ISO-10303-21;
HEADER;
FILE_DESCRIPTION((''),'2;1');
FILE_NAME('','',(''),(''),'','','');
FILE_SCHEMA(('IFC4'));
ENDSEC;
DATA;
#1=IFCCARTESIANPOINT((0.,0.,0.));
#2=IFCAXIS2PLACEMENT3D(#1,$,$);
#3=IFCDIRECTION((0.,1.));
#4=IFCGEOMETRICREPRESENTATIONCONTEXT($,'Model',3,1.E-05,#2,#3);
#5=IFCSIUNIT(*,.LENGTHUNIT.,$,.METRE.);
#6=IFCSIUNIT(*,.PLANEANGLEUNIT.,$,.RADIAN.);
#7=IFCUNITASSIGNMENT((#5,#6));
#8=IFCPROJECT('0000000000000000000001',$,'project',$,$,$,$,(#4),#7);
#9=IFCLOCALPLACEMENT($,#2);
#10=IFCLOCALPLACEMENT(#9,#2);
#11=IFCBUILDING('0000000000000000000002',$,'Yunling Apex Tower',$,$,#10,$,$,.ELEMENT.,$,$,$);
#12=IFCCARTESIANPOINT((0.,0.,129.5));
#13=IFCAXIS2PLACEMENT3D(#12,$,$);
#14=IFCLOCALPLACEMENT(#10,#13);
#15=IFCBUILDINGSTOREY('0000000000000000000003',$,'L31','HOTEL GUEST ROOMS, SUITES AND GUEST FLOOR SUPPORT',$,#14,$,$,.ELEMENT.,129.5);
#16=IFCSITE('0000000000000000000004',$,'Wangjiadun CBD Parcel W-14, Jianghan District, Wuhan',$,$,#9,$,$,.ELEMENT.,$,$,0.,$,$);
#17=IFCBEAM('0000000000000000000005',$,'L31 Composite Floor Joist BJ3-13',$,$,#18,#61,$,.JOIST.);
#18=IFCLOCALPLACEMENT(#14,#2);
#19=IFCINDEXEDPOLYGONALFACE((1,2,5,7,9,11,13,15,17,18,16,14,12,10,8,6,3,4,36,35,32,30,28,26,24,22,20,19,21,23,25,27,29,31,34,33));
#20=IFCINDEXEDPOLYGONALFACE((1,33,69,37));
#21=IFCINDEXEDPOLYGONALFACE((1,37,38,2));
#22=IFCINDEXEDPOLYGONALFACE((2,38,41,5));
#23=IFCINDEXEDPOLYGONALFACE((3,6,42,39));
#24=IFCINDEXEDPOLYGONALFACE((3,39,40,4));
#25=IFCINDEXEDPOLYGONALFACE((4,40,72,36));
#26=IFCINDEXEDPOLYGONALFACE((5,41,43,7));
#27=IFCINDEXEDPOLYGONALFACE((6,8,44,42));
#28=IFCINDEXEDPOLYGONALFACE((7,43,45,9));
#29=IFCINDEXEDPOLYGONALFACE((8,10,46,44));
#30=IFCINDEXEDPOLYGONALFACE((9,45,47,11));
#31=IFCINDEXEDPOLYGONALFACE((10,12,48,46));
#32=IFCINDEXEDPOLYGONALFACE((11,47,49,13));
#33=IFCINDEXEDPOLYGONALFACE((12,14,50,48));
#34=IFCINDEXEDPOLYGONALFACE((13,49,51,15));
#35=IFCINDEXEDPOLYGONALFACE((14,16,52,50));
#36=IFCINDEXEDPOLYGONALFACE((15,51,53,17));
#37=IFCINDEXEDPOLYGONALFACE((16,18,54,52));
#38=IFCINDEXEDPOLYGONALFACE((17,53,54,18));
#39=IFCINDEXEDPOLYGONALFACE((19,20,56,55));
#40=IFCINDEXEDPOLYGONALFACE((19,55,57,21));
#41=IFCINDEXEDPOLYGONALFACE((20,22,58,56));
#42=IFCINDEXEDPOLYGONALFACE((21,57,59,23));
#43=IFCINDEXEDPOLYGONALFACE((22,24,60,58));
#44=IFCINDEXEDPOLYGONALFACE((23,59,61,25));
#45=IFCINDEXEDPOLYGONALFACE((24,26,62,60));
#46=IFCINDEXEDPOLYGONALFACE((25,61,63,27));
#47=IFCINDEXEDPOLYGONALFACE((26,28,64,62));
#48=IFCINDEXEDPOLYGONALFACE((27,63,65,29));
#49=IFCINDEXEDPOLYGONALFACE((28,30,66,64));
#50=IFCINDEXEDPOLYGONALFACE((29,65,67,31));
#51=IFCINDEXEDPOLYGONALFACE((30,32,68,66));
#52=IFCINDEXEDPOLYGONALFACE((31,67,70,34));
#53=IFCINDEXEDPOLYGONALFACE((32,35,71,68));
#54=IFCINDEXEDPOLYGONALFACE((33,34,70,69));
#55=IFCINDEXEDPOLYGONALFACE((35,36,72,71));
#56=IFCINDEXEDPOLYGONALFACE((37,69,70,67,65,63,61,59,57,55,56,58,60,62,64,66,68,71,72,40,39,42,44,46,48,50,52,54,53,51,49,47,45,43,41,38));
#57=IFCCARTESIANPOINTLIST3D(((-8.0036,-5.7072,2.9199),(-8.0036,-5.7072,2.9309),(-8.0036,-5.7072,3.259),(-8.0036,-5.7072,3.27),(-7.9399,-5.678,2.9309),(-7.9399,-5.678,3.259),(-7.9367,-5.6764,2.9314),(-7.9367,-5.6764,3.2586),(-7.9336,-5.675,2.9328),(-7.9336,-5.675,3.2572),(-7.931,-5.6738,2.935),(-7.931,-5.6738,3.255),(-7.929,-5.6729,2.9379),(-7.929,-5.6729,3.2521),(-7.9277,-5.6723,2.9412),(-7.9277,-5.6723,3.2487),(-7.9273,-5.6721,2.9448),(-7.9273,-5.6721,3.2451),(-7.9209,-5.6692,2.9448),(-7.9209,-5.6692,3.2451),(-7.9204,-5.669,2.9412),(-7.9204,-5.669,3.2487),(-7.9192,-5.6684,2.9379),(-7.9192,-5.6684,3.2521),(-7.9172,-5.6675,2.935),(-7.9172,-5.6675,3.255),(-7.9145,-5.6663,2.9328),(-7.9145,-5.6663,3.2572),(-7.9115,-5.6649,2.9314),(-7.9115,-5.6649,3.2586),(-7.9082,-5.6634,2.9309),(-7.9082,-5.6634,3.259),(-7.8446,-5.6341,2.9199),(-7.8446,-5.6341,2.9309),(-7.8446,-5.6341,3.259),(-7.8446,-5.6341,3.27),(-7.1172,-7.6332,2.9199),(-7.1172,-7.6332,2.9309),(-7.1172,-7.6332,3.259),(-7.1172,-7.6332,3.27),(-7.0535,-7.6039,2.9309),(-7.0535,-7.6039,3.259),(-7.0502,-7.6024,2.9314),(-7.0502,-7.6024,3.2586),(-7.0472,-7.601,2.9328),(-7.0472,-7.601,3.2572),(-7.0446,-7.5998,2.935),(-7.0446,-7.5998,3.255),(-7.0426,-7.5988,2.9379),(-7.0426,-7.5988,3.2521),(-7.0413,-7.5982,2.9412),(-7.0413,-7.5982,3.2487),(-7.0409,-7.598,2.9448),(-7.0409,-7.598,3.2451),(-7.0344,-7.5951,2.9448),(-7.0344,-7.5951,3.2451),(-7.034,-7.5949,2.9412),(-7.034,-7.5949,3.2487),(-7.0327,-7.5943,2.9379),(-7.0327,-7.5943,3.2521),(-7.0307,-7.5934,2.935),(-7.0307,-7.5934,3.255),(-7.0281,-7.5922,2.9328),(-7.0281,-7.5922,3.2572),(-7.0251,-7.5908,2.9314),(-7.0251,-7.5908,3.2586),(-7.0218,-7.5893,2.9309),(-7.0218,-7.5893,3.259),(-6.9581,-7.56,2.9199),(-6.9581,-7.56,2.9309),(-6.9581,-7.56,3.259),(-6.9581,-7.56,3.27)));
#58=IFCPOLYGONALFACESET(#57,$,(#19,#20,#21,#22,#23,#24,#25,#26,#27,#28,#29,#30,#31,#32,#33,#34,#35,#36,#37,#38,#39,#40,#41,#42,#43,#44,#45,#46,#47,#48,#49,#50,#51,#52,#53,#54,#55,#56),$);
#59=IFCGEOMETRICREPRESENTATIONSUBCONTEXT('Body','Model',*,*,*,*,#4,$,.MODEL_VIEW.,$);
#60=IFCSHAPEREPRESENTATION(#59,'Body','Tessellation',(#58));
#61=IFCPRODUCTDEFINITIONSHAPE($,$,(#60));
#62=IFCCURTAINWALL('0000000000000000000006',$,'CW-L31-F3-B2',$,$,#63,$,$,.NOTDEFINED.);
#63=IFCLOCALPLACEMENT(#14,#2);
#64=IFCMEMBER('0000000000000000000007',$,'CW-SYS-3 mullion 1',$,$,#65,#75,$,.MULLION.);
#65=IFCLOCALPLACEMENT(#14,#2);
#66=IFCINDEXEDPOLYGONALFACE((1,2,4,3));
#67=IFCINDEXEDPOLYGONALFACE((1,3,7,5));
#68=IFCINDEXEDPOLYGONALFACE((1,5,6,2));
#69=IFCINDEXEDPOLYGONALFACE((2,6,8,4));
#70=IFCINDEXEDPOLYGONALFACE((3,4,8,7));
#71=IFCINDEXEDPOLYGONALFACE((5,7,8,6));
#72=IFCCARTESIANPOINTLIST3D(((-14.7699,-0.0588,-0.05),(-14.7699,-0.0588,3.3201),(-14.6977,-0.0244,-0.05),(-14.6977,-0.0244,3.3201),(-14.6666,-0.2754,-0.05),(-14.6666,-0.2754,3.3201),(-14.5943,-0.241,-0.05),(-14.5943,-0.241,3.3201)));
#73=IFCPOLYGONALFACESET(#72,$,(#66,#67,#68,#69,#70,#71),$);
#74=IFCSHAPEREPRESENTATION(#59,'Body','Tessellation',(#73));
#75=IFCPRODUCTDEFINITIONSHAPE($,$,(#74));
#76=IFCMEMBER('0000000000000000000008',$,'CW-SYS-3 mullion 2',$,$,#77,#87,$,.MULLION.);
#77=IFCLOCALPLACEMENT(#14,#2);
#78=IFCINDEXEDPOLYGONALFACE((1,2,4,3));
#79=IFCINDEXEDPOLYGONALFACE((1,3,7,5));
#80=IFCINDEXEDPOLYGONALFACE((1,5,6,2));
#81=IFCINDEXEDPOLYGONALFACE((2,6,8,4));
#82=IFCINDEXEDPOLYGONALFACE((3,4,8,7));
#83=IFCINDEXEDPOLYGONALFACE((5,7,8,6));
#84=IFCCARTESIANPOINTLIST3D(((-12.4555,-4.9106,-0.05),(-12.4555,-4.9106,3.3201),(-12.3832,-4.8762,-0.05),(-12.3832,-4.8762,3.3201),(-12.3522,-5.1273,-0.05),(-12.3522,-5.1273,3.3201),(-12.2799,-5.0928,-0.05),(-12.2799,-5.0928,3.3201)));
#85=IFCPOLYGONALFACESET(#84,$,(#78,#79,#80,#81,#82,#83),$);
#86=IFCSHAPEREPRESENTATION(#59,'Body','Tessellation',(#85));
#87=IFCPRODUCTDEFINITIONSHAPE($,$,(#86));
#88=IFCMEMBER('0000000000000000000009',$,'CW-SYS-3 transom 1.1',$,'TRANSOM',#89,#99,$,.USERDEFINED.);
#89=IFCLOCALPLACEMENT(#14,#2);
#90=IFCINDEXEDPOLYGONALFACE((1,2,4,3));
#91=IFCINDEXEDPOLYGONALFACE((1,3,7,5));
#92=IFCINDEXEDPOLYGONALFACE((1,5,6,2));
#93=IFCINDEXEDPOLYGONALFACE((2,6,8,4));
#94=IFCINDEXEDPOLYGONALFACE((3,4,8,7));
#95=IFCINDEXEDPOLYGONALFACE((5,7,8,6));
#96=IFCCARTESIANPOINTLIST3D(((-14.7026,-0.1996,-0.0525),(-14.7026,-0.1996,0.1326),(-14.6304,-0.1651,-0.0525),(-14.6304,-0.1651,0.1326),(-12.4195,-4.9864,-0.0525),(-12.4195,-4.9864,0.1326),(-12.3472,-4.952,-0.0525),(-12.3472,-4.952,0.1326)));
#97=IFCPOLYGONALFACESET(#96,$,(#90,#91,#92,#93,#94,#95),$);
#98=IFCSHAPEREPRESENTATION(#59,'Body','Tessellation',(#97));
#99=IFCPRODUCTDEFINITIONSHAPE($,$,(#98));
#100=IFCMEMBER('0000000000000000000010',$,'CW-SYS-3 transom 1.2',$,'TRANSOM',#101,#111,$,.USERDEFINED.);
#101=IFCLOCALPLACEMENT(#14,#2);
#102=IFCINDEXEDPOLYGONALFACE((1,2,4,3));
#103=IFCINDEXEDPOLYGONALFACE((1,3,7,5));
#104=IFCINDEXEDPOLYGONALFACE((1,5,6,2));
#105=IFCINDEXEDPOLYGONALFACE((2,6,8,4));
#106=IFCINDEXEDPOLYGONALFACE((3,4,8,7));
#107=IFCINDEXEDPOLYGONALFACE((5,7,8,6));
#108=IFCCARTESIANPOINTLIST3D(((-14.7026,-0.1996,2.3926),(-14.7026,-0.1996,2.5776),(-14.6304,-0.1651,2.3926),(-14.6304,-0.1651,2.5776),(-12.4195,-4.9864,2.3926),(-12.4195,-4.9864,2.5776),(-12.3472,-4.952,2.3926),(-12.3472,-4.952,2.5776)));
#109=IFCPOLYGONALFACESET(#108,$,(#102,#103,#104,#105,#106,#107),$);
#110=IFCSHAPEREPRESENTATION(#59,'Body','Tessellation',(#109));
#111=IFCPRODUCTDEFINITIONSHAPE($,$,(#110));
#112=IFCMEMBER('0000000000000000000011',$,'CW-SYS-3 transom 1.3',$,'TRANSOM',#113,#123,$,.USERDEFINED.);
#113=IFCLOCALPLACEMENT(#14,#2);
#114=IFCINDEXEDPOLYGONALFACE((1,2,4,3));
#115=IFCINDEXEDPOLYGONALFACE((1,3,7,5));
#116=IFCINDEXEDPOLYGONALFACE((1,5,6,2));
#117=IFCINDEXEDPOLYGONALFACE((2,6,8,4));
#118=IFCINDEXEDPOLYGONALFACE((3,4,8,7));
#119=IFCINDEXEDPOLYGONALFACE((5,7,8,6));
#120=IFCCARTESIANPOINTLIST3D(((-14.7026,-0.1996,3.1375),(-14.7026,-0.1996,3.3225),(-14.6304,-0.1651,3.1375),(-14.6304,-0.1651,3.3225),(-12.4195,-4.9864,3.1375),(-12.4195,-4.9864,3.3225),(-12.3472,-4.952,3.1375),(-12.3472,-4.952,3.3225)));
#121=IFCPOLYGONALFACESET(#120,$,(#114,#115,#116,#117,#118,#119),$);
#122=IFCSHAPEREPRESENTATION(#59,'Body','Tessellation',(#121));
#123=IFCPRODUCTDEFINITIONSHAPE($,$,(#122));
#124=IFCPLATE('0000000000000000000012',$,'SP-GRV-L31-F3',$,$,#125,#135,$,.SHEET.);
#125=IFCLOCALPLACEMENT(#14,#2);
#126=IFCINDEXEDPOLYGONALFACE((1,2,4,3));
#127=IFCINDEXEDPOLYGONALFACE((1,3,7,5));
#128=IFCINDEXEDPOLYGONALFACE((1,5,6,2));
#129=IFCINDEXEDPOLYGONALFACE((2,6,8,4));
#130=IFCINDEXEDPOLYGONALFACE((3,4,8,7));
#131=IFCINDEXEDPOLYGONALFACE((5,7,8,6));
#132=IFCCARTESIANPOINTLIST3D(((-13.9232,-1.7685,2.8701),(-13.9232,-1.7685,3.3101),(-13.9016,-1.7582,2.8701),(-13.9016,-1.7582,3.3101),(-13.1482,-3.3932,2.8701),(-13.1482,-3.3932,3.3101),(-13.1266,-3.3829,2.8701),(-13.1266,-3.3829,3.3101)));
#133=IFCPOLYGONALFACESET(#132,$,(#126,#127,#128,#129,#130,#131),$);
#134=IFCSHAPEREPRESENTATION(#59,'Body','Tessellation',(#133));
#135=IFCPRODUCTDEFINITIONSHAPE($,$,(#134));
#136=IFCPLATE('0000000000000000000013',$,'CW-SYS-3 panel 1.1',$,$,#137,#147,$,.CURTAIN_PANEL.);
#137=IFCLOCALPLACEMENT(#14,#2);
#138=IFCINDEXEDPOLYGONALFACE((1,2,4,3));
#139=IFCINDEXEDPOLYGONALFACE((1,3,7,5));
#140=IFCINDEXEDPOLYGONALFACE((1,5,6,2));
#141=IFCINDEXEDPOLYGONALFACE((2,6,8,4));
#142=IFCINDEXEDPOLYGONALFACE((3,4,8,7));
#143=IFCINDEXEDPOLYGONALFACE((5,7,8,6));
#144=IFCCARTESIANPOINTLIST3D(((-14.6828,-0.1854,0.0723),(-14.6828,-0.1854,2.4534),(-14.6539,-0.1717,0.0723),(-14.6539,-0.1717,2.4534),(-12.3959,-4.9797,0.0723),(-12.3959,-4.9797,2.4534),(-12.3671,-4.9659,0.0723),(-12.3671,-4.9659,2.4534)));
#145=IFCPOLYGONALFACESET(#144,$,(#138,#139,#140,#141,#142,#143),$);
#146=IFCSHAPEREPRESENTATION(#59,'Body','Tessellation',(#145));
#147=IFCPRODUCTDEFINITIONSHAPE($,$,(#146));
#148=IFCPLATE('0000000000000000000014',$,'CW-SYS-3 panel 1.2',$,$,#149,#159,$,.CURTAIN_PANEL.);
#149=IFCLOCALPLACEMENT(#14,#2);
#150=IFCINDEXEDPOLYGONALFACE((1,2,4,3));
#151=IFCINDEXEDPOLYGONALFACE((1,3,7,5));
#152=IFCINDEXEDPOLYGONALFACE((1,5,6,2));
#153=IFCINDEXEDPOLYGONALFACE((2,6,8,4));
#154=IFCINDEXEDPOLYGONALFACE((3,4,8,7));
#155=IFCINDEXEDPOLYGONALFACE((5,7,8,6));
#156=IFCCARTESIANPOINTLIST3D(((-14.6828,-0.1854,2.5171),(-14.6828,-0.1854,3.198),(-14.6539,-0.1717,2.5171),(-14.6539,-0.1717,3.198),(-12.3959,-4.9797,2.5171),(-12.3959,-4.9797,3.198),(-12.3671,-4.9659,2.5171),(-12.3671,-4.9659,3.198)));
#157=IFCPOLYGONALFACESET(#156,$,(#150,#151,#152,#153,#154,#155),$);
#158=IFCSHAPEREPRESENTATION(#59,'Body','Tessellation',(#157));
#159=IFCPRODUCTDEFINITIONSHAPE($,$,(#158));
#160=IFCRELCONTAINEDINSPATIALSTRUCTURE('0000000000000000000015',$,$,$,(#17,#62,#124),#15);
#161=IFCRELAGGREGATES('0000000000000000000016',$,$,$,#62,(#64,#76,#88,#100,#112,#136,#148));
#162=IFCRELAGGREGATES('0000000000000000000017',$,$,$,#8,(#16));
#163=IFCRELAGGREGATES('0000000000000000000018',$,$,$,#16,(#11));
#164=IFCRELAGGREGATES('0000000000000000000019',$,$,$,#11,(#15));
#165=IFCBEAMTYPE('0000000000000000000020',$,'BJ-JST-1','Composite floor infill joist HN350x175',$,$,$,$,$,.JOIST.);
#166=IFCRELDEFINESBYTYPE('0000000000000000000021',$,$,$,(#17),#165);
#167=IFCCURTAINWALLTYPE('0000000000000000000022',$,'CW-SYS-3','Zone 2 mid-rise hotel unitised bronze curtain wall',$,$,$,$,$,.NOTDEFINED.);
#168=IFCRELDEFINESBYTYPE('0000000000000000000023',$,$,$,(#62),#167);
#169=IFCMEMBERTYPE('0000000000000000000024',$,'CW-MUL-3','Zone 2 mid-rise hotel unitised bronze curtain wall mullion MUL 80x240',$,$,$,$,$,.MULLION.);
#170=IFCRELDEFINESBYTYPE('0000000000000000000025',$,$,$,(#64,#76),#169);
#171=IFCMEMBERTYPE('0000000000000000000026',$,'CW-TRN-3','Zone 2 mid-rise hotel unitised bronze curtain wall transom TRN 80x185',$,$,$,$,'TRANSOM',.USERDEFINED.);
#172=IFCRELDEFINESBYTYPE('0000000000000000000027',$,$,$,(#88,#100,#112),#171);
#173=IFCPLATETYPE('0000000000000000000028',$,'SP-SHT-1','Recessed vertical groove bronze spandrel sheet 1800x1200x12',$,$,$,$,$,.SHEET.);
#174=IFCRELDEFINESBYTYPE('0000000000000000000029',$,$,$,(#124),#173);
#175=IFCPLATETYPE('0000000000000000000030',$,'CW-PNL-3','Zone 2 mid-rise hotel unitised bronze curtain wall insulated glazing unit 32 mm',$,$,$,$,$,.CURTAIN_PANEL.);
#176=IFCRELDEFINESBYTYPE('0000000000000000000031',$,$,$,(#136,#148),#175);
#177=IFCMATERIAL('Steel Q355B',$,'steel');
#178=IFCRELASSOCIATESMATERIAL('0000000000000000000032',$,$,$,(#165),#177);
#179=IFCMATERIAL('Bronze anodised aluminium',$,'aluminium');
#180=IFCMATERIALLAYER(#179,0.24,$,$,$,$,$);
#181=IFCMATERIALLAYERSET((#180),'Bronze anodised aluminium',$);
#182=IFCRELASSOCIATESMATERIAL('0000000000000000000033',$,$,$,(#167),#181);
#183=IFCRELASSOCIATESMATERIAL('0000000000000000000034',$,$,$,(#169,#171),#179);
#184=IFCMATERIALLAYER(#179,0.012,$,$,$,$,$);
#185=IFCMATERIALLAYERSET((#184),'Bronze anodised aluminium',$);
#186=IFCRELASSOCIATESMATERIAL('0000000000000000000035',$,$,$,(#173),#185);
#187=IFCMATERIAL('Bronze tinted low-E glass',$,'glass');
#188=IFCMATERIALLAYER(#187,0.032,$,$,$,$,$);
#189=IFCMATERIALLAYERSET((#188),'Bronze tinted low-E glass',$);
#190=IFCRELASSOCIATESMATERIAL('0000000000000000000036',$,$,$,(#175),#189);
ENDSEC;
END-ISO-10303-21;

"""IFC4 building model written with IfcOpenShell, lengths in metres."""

from ifc_helpers import new_model, si_unit, direction, frame, origin, origin_2d, place, context, subcontext, project, spatial, rectangle, i_section, extrude, source, transform, mapped, material, layer, layer_set, material_profile, profile_set, type_object, element, aggregate, save


model = new_model("IFC4")

# Units and contexts
model_context = context("Model", 3, precision=1e-05, world=origin(), true_north=direction((0.0, 1.0)))
body_context = subcontext(model_context, "Body", "Model", "MODEL_VIEW")
ifc_project = project(units=[si_unit("LENGTHUNIT", "METRE"), si_unit("PLANEANGLEUNIT", "RADIAN")], contexts=[model_context])

# Site, building, storey
site_placement = place(None, origin())
site = spatial("IfcSite", under=ifc_project, at=site_placement, Name="Wangjiadun CBD Parcel W-14, Jianghan District, Wuhan", CompositionType="ELEMENT", RefElevation=0.0)
building_placement = place(site_placement, origin())
building = spatial("IfcBuilding", under=site, at=building_placement, Name="Yunling Apex Tower", CompositionType="ELEMENT")
storey_placement = place(building_placement, frame((0.0, 0.0, 129.5)))
storey = spatial("IfcBuildingStorey", under=building, at=storey_placement, Name="L31", Description="HOTEL GUEST ROOMS, SUITES AND GUEST FLOOR SUPPORT", CompositionType="ELEMENT", Elevation=129.5)

# Beam
ifc_material_1 = material(Name="Steel Q355B", Category="steel")
ifc_material_profile_1 = material_profile(ifc_material_1, i_section(OverallWidth=0.175, OverallDepth=0.3501, WebThickness=0.0071, FlangeThickness=0.011, FilletRadius=0.0139, at=origin_2d()))
ifc_profile_set_1 = profile_set([ifc_material_profile_1], Name="Steel Q355B")
beam_type_1 = type_object("IfcBeamType", Name="BJ-JST-1", Description="Composite floor infill joist HN350x175", PredefinedType="JOIST", material=ifc_profile_set_1)
shared_shape_1 = source(origin(), body_context, "Body", "SweptSolid", [
    extrude(i_section(OverallWidth=0.175, OverallDepth=0.3501, WebThickness=0.0071, FlangeThickness=0.011, FilletRadius=0.0139, at=origin_2d()), origin(), (0.0, 0.0, 1.0), 2.1201),
])
beam_1_placement = place(storey_placement, frame((-7.9241, -5.6707, 3.095), z_axis=(0.418101, -0.9084, 0.0), x_axis=(0.9084, 0.418101, 0.0)))
element("IfcBeam", 1, at=beam_1_placement, inside=storey, type_object=beam_type_1, Name="L31 Composite Floor Joist BJ3-13", PredefinedType="JOIST", context=body_context, shape_type="MappedRepresentation", body=[
    mapped(shared_shape_1, transform((0.0, 0.0, 0.0), scale=1.0)),
])

# Curtain wall, members
ifc_material_2 = material(Name="Bronze anodised aluminium", Category="aluminium")
ifc_layer_1 = layer(ifc_material_2, 0.24)
ifc_layer_set_1 = layer_set([ifc_layer_1], Name="Bronze anodised aluminium")
curtain_wall_type = type_object("IfcCurtainWallType", Name="CW-SYS-3", Description="Zone 2 mid-rise hotel unitised bronze curtain wall", PredefinedType="NOTDEFINED", material=ifc_layer_set_1)
curtain_wall_placement = place(storey_placement, origin())
curtain_wall = element("IfcCurtainWall", 2, at=curtain_wall_placement, inside=storey, type_object=curtain_wall_type, Name="CW-L31-F3-B2", PredefinedType="NOTDEFINED")
ifc_material_profile_2 = material_profile(ifc_material_2, rectangle(XDim=0.0801, YDim=0.24, at=origin_2d()))
ifc_profile_set_2 = profile_set([ifc_material_profile_2], Name="Bronze anodised aluminium")
member_type_1 = type_object("IfcMemberType", Name="CW-MUL-3", Description="Zone 2 mid-rise hotel unitised bronze curtain wall mullion MUL 80x240", PredefinedType="MULLION", material=ifc_profile_set_2)
shared_shape_2 = source(origin(), body_context, "Body", "SweptSolid", [
    extrude(rectangle(XDim=0.0801, YDim=0.24, at=origin_2d()), origin(), (0.0, 0.0, 1.0), 3.3701),
])
member_1_placement = place(storey_placement, frame((-14.6821, -0.1499, -0.05), z_axis=(0.0, 0.0, 1.0), x_axis=(0.90258, 0.430523, 0.0)))
member_1 = element("IfcMember", 3, at=member_1_placement, type_object=member_type_1, Name="CW-SYS-3 mullion 1", PredefinedType="MULLION", context=body_context, shape_type="MappedRepresentation", body=[
    mapped(shared_shape_2, transform((0.0, 0.0, 0.0), scale=1.0)),
])
member_2_placement = place(storey_placement, frame((-12.3677, -5.0017, -0.05), z_axis=(0.0, 0.0, 1.0), x_axis=(0.90258, 0.430523, 0.0)))
member_2 = element("IfcMember", 4, at=member_2_placement, type_object=member_type_1, Name="CW-SYS-3 mullion 2", PredefinedType="MULLION", context=body_context, shape_type="MappedRepresentation", body=[
    mapped(shared_shape_2, transform((0.0, 0.0, 0.0), scale=1.0)),
])
ifc_material_profile_3 = material_profile(ifc_material_2, rectangle(XDim=0.0801, YDim=0.1851, at=origin_2d()))
ifc_profile_set_3 = profile_set([ifc_material_profile_3], Name="Bronze anodised aluminium")
member_type_2 = type_object("IfcMemberType", Name="CW-TRN-3", Description="Zone 2 mid-rise hotel unitised bronze curtain wall transom TRN 80x185", ElementType="TRANSOM", PredefinedType="USERDEFINED", material=ifc_profile_set_3)
shared_shape_3 = source(origin(), body_context, "Body", "SweptSolid", [
    extrude(rectangle(XDim=0.0801, YDim=0.1851, at=origin_2d()), origin(), (0.0, 0.0, 1.0), 5.3035),
])
member_3_placement = place(storey_placement, frame((-14.6665, -0.1824, 0.04), z_axis=(0.430509, -0.902586, 0.0), x_axis=(0.902586, 0.430509, 0.0)))
member_3 = element("IfcMember", 5, at=member_3_placement, type_object=member_type_2, Name="CW-SYS-3 transom 1.1", ObjectType="TRANSOM", PredefinedType="USERDEFINED", context=body_context, shape_type="MappedRepresentation", body=[
    mapped(shared_shape_3, transform((0.0, 0.0, 0.0), scale=1.0)),
])
member_4_placement = place(storey_placement, frame((-14.6665, -0.1824, 2.4851), z_axis=(0.430509, -0.902586, 0.0), x_axis=(0.902586, 0.430509, 0.0)))
member_4 = element("IfcMember", 6, at=member_4_placement, type_object=member_type_2, Name="CW-SYS-3 transom 1.2", ObjectType="TRANSOM", PredefinedType="USERDEFINED", context=body_context, shape_type="MappedRepresentation", body=[
    mapped(shared_shape_3, transform((0.0, 0.0, 0.0), scale=1.0)),
])
member_5_placement = place(storey_placement, frame((-14.6665, -0.1824, 3.23), z_axis=(0.430509, -0.902586, 0.0), x_axis=(0.902586, 0.430509, 0.0)))
member_5 = element("IfcMember", 7, at=member_5_placement, type_object=member_type_2, Name="CW-SYS-3 transom 1.3", ObjectType="TRANSOM", PredefinedType="USERDEFINED", context=body_context, shape_type="MappedRepresentation", body=[
    mapped(shared_shape_3, transform((0.0, 0.0, 0.0), scale=1.0)),
])

# Plates
ifc_layer_2 = layer(ifc_material_2, 0.012)
ifc_layer_set_2 = layer_set([ifc_layer_2], Name="Bronze anodised aluminium")
plate_type_1 = type_object("IfcPlateType", Name="SP-SHT-1", Description="Recessed vertical groove bronze spandrel sheet 1800x1200x12", PredefinedType="SHEET", material=ifc_layer_set_2)
shared_shape_4 = source(origin(), body_context, "Body", "SweptSolid", [
    extrude(rectangle(XDim=1.8, YDim=0.0239, at=origin_2d()), origin(), (0.0, 0.0, 1.0), 0.4399),
])
plate_1_placement = place(storey_placement, frame((-13.5249, -2.5757, 2.8701), z_axis=(0.0, 0.0, 1.0), x_axis=(0.430511, -0.902585, 0.0)))
element("IfcPlate", 8, at=plate_1_placement, inside=storey, type_object=plate_type_1, Name="SP-GRV-L31-F3", PredefinedType="SHEET", context=body_context, shape_type="MappedRepresentation", body=[
    mapped(shared_shape_4, transform((0.0, 0.0, 0.0), scale=1.0)),
])
ifc_material_3 = material(Name="Bronze tinted low-E glass", Category="glass")
ifc_layer_3 = layer(ifc_material_3, 0.032)
ifc_layer_set_3 = layer_set([ifc_layer_3], Name="Bronze tinted low-E glass")
plate_type_2 = type_object("IfcPlateType", Name="CW-PNL-3", Description="Zone 2 mid-rise hotel unitised bronze curtain wall insulated glazing unit 32 mm", PredefinedType="CURTAIN_PANEL", material=ifc_layer_set_3)
shared_shape_5 = source(origin(), body_context, "Body", "SweptSolid", [
    extrude(rectangle(XDim=5.3118, YDim=0.032, at=origin_2d()), origin(), (0.0, 0.0, 1.0), 2.3811),
])
plate_2_placement = place(storey_placement, frame((-13.5249, -2.5757, 0.0723), z_axis=(0.0, 0.0, 1.0), x_axis=(0.430523, -0.90258, 0.0)))
plate_2 = element("IfcPlate", 9, at=plate_2_placement, type_object=plate_type_2, Name="CW-SYS-3 panel 1.1", PredefinedType="CURTAIN_PANEL", context=body_context, shape_type="MappedRepresentation", body=[
    mapped(shared_shape_5, transform((0.0, 0.0, 0.0), scale=1.0)),
])
shared_shape_6 = source(origin(), body_context, "Body", "SweptSolid", [
    extrude(rectangle(XDim=5.3118, YDim=0.032, at=origin_2d()), origin(), (0.0, 0.0, 1.0), 0.6809),
])
plate_3_placement = place(storey_placement, frame((-13.5249, -2.5757, 2.5171), z_axis=(0.0, 0.0, 1.0), x_axis=(0.430523, -0.90258, 0.0)))
plate_3 = element("IfcPlate", 10, at=plate_3_placement, type_object=plate_type_2, Name="CW-SYS-3 panel 1.2", PredefinedType="CURTAIN_PANEL", context=body_context, shape_type="MappedRepresentation", body=[
    mapped(shared_shape_6, transform((0.0, 0.0, 0.0), scale=1.0)),
])
aggregate(curtain_wall, [member_1, member_2, member_3, member_4, member_5, plate_2, plate_3])

save(model, "model.ifc")
